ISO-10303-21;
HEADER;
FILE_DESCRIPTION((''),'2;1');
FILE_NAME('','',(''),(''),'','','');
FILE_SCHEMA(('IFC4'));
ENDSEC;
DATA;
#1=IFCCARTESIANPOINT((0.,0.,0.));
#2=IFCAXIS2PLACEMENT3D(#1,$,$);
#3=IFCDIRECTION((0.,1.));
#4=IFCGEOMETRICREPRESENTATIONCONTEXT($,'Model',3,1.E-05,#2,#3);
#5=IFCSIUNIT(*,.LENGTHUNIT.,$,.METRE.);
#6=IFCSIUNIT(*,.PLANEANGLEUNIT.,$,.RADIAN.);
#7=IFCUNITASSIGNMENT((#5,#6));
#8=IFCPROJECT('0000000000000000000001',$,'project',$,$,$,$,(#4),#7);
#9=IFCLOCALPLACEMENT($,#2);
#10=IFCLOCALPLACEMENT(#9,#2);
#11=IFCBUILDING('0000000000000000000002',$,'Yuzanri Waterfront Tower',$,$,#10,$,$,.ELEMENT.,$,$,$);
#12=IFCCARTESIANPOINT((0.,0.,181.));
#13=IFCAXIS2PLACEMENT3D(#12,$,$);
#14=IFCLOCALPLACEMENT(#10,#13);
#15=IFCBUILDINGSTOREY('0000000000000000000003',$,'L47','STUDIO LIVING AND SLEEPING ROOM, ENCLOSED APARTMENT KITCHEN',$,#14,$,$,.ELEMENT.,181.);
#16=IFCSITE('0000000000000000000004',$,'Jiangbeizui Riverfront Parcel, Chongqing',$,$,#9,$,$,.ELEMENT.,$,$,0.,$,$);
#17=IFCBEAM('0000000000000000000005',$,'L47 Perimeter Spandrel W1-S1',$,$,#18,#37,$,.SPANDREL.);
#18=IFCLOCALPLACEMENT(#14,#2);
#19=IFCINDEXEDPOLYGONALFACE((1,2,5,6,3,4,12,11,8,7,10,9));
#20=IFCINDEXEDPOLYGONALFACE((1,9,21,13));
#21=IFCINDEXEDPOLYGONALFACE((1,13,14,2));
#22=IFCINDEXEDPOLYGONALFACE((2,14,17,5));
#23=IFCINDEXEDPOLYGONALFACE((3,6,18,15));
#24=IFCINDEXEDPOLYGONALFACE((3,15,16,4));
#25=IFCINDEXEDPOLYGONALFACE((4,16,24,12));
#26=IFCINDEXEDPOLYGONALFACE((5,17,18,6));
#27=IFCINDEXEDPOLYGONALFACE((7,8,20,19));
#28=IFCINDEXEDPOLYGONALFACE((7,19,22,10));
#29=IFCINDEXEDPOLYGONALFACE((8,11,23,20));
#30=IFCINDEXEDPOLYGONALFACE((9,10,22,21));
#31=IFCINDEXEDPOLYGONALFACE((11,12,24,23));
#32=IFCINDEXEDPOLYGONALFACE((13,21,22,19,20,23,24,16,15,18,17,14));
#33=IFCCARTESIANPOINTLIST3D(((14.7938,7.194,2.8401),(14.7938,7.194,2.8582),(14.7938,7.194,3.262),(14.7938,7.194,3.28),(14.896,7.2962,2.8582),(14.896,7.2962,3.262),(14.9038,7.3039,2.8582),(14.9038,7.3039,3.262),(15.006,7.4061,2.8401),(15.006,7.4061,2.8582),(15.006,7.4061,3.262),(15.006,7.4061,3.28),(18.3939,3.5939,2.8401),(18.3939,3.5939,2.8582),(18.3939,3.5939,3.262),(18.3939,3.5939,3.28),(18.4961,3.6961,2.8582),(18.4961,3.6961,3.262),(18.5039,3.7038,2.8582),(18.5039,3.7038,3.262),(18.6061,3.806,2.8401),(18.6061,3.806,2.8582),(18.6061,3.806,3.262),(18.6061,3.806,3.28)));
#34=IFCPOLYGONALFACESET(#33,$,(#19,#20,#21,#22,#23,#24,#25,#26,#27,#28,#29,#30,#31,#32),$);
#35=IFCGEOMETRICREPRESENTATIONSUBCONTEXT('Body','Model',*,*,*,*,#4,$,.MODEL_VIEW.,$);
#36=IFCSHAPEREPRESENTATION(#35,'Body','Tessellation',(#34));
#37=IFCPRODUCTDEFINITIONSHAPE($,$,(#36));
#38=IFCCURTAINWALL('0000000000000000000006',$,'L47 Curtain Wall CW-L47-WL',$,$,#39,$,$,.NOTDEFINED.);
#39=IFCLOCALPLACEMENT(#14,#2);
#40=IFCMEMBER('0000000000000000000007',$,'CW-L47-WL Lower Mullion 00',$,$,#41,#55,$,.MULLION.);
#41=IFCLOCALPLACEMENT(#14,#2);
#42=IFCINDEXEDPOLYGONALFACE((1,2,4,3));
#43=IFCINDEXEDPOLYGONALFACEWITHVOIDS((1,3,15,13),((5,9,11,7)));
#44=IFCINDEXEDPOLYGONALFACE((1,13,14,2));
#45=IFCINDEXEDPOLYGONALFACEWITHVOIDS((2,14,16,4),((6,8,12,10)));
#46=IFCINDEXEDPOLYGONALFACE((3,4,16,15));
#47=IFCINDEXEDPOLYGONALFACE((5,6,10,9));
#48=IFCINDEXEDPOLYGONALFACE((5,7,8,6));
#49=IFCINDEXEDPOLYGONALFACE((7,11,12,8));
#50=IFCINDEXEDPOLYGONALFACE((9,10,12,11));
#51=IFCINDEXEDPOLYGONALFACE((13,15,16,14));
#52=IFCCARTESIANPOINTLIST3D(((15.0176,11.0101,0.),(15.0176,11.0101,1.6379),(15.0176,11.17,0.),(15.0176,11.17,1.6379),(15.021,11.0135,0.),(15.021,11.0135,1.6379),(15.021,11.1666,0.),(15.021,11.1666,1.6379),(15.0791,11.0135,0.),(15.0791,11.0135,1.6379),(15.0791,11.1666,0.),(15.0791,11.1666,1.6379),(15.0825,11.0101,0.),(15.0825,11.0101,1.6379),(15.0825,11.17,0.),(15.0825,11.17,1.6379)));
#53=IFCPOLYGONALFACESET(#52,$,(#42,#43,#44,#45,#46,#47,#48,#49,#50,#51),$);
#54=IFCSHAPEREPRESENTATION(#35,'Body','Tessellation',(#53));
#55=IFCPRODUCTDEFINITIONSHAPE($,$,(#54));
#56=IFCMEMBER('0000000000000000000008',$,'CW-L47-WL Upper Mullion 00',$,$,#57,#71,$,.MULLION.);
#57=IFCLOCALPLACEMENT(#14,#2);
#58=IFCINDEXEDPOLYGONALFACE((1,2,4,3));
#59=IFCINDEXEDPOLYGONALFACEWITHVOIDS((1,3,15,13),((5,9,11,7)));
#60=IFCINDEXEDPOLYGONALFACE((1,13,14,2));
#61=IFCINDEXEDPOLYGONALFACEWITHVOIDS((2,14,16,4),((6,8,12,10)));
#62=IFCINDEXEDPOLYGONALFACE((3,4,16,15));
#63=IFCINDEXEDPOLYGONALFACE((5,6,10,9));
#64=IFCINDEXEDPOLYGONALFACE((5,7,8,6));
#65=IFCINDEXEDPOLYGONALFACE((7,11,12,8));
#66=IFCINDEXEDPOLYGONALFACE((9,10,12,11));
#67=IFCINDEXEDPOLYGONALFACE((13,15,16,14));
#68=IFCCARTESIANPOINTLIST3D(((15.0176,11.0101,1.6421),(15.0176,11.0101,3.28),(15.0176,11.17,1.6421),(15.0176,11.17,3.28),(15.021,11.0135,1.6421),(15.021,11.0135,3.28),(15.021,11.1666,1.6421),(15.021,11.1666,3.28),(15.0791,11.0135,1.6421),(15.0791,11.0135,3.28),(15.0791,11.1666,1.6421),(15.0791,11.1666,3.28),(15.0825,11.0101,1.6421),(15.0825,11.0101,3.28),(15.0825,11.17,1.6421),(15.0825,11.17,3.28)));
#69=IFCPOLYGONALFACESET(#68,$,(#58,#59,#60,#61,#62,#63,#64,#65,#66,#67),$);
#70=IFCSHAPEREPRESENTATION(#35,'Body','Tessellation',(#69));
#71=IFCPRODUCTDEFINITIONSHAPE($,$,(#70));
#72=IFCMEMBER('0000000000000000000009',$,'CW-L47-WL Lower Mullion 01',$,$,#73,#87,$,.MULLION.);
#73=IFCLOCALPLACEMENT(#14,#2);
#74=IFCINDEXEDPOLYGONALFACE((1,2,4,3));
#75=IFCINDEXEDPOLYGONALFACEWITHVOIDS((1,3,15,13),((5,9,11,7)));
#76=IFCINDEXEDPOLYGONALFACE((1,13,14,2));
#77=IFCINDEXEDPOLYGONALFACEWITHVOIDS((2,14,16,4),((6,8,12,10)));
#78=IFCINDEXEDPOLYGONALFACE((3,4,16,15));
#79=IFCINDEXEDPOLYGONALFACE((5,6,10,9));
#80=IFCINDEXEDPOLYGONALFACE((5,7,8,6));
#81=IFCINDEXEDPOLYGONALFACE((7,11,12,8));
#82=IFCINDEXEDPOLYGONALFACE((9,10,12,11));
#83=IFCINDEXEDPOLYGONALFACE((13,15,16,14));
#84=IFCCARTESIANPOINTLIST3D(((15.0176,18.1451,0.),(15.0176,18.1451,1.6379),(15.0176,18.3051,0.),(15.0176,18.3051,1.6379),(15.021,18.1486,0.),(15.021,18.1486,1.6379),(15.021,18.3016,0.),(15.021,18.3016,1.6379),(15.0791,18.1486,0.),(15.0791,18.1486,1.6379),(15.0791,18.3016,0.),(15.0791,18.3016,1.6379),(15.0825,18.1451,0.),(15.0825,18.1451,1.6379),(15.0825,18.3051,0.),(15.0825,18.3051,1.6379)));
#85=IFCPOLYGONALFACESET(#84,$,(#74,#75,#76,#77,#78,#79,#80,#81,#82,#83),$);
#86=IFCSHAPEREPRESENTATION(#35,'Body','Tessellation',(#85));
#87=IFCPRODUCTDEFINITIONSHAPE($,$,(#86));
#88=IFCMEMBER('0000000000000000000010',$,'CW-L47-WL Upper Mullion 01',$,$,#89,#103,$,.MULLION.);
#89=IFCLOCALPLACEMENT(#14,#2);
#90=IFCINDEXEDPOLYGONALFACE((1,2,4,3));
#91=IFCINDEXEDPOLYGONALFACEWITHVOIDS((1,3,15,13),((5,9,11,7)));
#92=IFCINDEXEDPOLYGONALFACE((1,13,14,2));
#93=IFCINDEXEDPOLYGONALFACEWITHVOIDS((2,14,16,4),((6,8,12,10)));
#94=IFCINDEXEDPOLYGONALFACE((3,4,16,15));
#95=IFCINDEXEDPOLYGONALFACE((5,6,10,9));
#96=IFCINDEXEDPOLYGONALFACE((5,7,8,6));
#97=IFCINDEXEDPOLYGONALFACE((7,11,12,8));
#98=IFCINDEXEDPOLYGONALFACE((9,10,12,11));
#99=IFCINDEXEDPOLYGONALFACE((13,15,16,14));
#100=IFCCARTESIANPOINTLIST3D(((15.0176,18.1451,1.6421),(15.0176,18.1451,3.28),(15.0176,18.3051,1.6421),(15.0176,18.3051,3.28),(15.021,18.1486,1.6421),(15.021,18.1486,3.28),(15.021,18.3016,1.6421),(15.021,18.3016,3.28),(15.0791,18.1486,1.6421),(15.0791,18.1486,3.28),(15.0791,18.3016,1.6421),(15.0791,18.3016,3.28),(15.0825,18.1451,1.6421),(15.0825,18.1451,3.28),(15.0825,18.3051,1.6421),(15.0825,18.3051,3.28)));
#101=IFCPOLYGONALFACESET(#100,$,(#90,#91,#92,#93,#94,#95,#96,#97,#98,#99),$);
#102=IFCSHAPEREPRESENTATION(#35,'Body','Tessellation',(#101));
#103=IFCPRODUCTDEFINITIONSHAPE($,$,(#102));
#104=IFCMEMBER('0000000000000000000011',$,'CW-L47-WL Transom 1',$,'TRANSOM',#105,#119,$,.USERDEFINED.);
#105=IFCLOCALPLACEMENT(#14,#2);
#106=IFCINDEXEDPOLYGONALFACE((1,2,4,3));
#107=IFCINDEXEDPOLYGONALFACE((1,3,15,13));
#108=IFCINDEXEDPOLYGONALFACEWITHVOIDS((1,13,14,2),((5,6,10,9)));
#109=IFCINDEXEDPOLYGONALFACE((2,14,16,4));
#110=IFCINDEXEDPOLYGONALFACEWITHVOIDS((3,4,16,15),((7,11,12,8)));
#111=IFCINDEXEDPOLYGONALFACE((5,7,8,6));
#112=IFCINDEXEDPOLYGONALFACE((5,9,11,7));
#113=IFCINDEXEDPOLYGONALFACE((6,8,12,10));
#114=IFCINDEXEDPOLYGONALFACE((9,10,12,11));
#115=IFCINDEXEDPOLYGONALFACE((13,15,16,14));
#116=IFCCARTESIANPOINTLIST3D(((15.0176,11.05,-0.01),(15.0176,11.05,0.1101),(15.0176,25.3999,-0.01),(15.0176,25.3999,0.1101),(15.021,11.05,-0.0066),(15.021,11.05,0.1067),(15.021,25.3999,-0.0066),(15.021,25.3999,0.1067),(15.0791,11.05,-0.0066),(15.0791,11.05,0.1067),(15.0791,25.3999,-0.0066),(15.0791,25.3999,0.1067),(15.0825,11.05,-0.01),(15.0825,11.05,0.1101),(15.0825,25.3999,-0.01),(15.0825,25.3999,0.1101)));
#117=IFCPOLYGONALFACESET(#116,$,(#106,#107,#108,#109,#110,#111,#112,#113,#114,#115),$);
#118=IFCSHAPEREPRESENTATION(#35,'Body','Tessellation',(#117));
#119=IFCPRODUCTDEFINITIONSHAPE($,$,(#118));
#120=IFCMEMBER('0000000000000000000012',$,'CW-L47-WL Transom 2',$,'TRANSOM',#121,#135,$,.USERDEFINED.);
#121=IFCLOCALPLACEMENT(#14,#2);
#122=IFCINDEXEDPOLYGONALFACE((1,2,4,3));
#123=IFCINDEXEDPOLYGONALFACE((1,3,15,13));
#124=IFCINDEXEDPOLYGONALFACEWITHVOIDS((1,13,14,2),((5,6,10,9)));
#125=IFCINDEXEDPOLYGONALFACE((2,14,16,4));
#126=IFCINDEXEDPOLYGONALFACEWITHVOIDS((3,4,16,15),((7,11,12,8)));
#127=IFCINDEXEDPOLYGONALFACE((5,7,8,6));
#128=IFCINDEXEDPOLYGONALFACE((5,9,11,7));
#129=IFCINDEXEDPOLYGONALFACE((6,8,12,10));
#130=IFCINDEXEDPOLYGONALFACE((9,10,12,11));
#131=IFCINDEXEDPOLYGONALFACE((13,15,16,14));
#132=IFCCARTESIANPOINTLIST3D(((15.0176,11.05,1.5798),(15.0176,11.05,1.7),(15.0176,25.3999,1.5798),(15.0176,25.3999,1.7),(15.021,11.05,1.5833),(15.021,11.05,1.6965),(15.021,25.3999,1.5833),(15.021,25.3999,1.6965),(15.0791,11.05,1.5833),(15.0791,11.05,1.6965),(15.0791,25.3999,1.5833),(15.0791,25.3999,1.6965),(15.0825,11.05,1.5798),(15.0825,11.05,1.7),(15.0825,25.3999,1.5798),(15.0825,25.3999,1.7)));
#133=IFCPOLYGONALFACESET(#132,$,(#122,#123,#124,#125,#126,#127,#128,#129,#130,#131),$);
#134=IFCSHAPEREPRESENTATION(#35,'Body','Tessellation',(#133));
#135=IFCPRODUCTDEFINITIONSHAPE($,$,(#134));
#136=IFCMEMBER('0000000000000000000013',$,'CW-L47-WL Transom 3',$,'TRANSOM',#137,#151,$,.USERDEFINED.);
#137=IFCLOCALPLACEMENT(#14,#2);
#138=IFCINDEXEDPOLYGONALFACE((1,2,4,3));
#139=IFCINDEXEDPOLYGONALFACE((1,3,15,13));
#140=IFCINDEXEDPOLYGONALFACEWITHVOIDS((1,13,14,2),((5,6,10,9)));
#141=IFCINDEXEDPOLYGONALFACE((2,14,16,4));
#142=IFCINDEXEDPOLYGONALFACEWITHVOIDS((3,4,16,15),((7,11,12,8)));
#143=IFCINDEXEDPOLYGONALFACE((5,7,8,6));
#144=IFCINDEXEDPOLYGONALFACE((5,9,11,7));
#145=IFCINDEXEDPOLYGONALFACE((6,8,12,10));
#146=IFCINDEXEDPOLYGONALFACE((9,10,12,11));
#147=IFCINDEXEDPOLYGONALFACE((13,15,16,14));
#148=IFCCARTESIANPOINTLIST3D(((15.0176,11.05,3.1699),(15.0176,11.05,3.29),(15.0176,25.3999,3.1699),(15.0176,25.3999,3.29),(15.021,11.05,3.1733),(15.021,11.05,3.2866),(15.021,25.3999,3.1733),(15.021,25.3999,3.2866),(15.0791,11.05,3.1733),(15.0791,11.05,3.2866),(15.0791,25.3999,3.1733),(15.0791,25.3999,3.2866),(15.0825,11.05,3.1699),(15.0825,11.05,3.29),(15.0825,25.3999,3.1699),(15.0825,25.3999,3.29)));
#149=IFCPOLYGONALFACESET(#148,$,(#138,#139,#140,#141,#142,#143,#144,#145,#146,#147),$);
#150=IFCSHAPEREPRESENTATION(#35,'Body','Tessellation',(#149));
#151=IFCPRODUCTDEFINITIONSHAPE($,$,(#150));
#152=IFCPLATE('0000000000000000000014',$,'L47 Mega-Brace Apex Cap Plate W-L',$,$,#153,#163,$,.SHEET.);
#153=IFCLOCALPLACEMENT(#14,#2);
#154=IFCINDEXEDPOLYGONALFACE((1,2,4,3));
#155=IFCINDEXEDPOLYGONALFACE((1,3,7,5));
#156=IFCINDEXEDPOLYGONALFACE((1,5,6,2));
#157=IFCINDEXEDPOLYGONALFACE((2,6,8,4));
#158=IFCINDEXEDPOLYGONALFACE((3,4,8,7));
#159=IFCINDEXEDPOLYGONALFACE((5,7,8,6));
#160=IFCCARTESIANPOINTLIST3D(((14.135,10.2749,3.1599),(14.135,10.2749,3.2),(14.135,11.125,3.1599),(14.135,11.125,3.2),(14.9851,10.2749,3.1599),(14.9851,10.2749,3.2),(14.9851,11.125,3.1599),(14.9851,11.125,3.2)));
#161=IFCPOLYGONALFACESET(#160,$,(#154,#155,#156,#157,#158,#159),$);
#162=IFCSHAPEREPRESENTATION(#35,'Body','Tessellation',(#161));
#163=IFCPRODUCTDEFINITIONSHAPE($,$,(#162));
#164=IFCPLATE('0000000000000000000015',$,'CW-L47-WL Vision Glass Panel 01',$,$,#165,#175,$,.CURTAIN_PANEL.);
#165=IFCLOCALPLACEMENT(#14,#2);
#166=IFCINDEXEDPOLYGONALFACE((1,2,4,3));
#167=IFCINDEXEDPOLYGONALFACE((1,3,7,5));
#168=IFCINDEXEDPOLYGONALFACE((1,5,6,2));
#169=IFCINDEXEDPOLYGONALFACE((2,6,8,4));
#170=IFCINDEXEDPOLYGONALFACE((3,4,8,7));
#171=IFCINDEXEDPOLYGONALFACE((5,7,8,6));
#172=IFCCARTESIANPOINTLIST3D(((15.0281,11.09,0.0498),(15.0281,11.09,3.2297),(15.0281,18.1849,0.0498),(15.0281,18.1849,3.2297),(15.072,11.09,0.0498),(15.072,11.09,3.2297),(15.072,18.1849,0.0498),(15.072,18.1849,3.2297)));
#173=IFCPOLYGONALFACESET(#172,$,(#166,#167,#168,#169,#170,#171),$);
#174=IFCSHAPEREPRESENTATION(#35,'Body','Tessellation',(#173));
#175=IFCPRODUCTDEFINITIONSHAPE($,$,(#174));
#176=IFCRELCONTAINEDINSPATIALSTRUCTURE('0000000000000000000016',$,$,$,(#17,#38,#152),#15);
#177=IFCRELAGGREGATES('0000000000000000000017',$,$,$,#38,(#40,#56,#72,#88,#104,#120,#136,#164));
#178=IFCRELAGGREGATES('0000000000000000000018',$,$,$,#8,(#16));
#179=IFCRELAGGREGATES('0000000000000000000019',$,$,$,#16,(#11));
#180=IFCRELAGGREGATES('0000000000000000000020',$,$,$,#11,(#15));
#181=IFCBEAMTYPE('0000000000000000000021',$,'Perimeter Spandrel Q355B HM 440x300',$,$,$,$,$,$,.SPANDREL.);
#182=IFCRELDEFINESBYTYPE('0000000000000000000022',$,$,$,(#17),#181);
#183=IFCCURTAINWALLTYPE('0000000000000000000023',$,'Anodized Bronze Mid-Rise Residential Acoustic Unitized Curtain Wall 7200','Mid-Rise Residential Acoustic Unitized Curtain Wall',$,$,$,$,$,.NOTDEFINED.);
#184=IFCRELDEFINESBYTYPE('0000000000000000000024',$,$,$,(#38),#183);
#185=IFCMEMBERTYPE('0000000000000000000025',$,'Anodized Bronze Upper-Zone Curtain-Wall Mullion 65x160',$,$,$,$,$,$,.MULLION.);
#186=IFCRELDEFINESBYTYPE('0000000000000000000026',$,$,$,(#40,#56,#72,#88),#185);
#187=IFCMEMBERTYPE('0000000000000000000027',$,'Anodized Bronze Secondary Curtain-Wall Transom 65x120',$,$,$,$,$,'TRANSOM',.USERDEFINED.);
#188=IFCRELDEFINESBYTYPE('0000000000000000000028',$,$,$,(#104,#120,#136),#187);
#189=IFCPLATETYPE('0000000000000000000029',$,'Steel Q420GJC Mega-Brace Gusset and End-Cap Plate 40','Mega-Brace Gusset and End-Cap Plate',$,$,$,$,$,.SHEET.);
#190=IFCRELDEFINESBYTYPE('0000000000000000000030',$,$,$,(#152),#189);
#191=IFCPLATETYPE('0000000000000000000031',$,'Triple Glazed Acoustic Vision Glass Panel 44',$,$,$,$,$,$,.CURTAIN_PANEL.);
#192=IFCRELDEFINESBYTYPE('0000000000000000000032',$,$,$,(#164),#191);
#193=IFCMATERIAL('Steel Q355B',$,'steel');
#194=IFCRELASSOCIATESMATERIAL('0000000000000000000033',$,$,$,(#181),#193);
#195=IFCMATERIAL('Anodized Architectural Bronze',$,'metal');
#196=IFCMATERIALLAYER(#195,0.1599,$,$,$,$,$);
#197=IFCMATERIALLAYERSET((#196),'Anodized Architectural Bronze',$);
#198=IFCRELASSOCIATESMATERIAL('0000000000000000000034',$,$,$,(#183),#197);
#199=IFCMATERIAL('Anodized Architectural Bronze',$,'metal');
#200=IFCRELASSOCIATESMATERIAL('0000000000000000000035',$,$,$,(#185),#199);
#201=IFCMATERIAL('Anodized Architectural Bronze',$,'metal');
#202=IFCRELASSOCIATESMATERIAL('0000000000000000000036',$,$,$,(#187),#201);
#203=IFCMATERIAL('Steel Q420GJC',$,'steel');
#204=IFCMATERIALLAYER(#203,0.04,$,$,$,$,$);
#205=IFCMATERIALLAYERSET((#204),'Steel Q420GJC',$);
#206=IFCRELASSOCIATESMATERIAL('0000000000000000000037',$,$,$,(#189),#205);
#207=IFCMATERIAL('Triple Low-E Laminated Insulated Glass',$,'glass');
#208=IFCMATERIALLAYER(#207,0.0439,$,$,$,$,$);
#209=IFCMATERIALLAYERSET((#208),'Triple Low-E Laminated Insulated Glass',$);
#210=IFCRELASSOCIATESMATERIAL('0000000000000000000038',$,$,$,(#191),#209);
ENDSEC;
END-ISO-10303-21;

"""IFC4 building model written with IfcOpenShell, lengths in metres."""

from ifc_helpers import new_model, si_unit, direction, frame, origin, origin_2d, place, context, subcontext, project, spatial, rectangle, hollow_rectangle, i_section, extrude, source, transform, mapped, material, layer, layer_set, material_profile, profile_set, type_object, element, aggregate, save


model = new_model("IFC4")

# Units and contexts
model_context = context("Model", 3, precision=1e-05, world=origin(), true_north=direction((0.0, 1.0)))
body_context = subcontext(model_context, "Body", "Model", "MODEL_VIEW")
ifc_project = project(units=[si_unit("LENGTHUNIT", "METRE"), si_unit("PLANEANGLEUNIT", "RADIAN")], contexts=[model_context])

# Site, building, storey
site_placement = place(None, origin())
site = spatial("IfcSite", under=ifc_project, at=site_placement, Name="Jiangbeizui Riverfront Parcel, Chongqing", CompositionType="ELEMENT", RefElevation=0.0)
building_placement = place(site_placement, origin())
building = spatial("IfcBuilding", under=site, at=building_placement, Name="Yuzanri Waterfront Tower", CompositionType="ELEMENT")
storey_placement = place(building_placement, frame((0.0, 0.0, 181.0)))
storey = spatial("IfcBuildingStorey", under=building, at=storey_placement, Name="L47", Description="STUDIO LIVING AND SLEEPING ROOM, ENCLOSED APARTMENT KITCHEN", CompositionType="ELEMENT", Elevation=181.0)

# Beam
ifc_material_1 = material(Name="Steel Q355B", Category="steel")
ifc_material_profile_1 = material_profile(ifc_material_1, i_section(OverallWidth=0.3, OverallDepth=0.4399, WebThickness=0.011, FlangeThickness=0.0181, at=origin_2d()), Name="HM 440x300x11x18")
ifc_profile_set_1 = profile_set([ifc_material_profile_1], Name="Steel Q355B")
beam_type = type_object("IfcBeamType", Name="Perimeter Spandrel Q355B HM 440x300", PredefinedType="SPANDREL", material=ifc_profile_set_1)
shared_shape_1 = source(origin(), body_context, "Body", "SweptSolid", [
    extrude(i_section(OverallWidth=0.3, OverallDepth=0.4399, WebThickness=0.011, FlangeThickness=0.0181, at=origin_2d()), origin(), (0.0, 0.0, 1.0), 5.0913),
])
beam_placement = place(storey_placement, frame((14.8999, 7.3, 3.0601), z_axis=(0.707107, -0.707107, 0.0), x_axis=(0.707107, 0.707107, 0.0)))
element("IfcBeam", 1, at=beam_placement, inside=storey, type_object=beam_type, Name="L47 Perimeter Spandrel W1-S1", PredefinedType="SPANDREL", context=body_context, shape_type="MappedRepresentation", body=[
    mapped(shared_shape_1, transform((0.0, 0.0, 0.0), scale=1.0)),
])

# Curtain wall, members
ifc_material_2 = material(Name="Anodized Architectural Bronze", Category="metal")
ifc_layer_1 = layer(ifc_material_2, 0.1599)
ifc_layer_set_1 = layer_set([ifc_layer_1], Name="Anodized Architectural Bronze")
curtain_wall_type = type_object("IfcCurtainWallType", Name="Anodized Bronze Mid-Rise Residential Acoustic Unitized Curtain Wall 7200", Description="Mid-Rise Residential Acoustic Unitized Curtain Wall", PredefinedType="NOTDEFINED", material=ifc_layer_set_1)
curtain_wall_placement = place(storey_placement, origin())
curtain_wall = element("IfcCurtainWall", 2, at=curtain_wall_placement, inside=storey, type_object=curtain_wall_type, Name="L47 Curtain Wall CW-L47-WL", PredefinedType="NOTDEFINED")
ifc_material_3 = material(Name="Anodized Architectural Bronze", Category="metal")
ifc_material_profile_2 = material_profile(ifc_material_3, hollow_rectangle(XDim=0.0649, YDim=0.1599, WallThickness=0.0034, at=origin_2d()), Name="CWM 65x160")
ifc_profile_set_2 = profile_set([ifc_material_profile_2], Name="Anodized Architectural Bronze")
member_type_1 = type_object("IfcMemberType", Name="Anodized Bronze Upper-Zone Curtain-Wall Mullion 65x160", PredefinedType="MULLION", material=ifc_profile_set_2)
shared_shape_2 = source(origin(), body_context, "Body", "SweptSolid", [
    extrude(hollow_rectangle(XDim=0.0649, YDim=0.1599, WallThickness=0.0034, at=origin_2d()), origin(), (0.0, 0.0, 1.0), 1.6379),
])
member_1_placement = place(storey_placement, frame((15.05, 11.0901, 0.0), z_axis=(0.0, 0.0, 1.0), x_axis=(1.0, 0.0, 0.0)))
member_1 = element("IfcMember", 3, at=member_1_placement, type_object=member_type_1, Name="CW-L47-WL Lower Mullion 00", PredefinedType="MULLION", context=body_context, shape_type="MappedRepresentation", body=[
    mapped(shared_shape_2, transform((0.0, 0.0, 0.0), scale=1.0)),
])
member_2_placement = place(storey_placement, frame((15.05, 11.0901, 1.6421), z_axis=(0.0, 0.0, 1.0), x_axis=(1.0, 0.0, 0.0)))
member_2 = element("IfcMember", 4, at=member_2_placement, type_object=member_type_1, Name="CW-L47-WL Upper Mullion 00", PredefinedType="MULLION", context=body_context, shape_type="MappedRepresentation", body=[
    mapped(shared_shape_2, transform((0.0, 0.0, 0.0), scale=1.0)),
])
member_3_placement = place(storey_placement, frame((15.05, 18.2251, 0.0), z_axis=(0.0, 0.0, 1.0), x_axis=(1.0, 0.0, 0.0)))
member_3 = element("IfcMember", 5, at=member_3_placement, type_object=member_type_1, Name="CW-L47-WL Lower Mullion 01", PredefinedType="MULLION", context=body_context, shape_type="MappedRepresentation", body=[
    mapped(shared_shape_2, transform((0.0, 0.0, 0.0), scale=1.0)),
])
member_4_placement = place(storey_placement, frame((15.05, 18.2251, 1.6421), z_axis=(0.0, 0.0, 1.0), x_axis=(1.0, 0.0, 0.0)))
member_4 = element("IfcMember", 6, at=member_4_placement, type_object=member_type_1, Name="CW-L47-WL Upper Mullion 01", PredefinedType="MULLION", context=body_context, shape_type="MappedRepresentation", body=[
    mapped(shared_shape_2, transform((0.0, 0.0, 0.0), scale=1.0)),
])
ifc_material_4 = material(Name="Anodized Architectural Bronze", Category="metal")
ifc_material_profile_3 = material_profile(ifc_material_4, hollow_rectangle(XDim=0.0649, YDim=0.1201, WallThickness=0.0034, at=origin_2d()), Name="CWT 65x120")
ifc_profile_set_3 = profile_set([ifc_material_profile_3], Name="Anodized Architectural Bronze")
member_type_2 = type_object("IfcMemberType", Name="Anodized Bronze Secondary Curtain-Wall Transom 65x120", ElementType="TRANSOM", PredefinedType="USERDEFINED", material=ifc_profile_set_3)
shared_shape_3 = source(origin(), body_context, "Body", "SweptSolid", [
    extrude(hollow_rectangle(XDim=0.0649, YDim=0.1201, WallThickness=0.0034, at=origin_2d()), origin(), (0.0, 0.0, 1.0), 14.3499),
])
member_5_placement = place(storey_placement, frame((15.05, 11.05, 0.05), z_axis=(0.0, 1.0, 0.0), x_axis=(-1.0, 0.0, 0.0)))
member_5 = element("IfcMember", 7, at=member_5_placement, type_object=member_type_2, Name="CW-L47-WL Transom 1", ObjectType="TRANSOM", PredefinedType="USERDEFINED", context=body_context, shape_type="MappedRepresentation", body=[
    mapped(shared_shape_3, transform((0.0, 0.0, 0.0), scale=1.0)),
])
member_6_placement = place(storey_placement, frame((15.05, 11.05, 1.6399), z_axis=(0.0, 1.0, 0.0), x_axis=(-1.0, 0.0, 0.0)))
member_6 = element("IfcMember", 8, at=member_6_placement, type_object=member_type_2, Name="CW-L47-WL Transom 2", ObjectType="TRANSOM", PredefinedType="USERDEFINED", context=body_context, shape_type="MappedRepresentation", body=[
    mapped(shared_shape_3, transform((0.0, 0.0, 0.0), scale=1.0)),
])
member_7_placement = place(storey_placement, frame((15.05, 11.05, 3.23), z_axis=(0.0, 1.0, 0.0), x_axis=(-1.0, 0.0, 0.0)))
member_7 = element("IfcMember", 9, at=member_7_placement, type_object=member_type_2, Name="CW-L47-WL Transom 3", ObjectType="TRANSOM", PredefinedType="USERDEFINED", context=body_context, shape_type="MappedRepresentation", body=[
    mapped(shared_shape_3, transform((0.0, 0.0, 0.0), scale=1.0)),
])

# Plates
ifc_material_5 = material(Name="Steel Q420GJC", Category="steel")
ifc_layer_2 = layer(ifc_material_5, 0.04)
ifc_layer_set_2 = layer_set([ifc_layer_2], Name="Steel Q420GJC")
plate_type_1 = type_object("IfcPlateType", Name="Steel Q420GJC Mega-Brace Gusset and End-Cap Plate 40", Description="Mega-Brace Gusset and End-Cap Plate", PredefinedType="SHEET", material=ifc_layer_set_2)
shared_shape_4 = source(origin(), body_context, "Body", "SweptSolid", [
    extrude(rectangle(XDim=0.8501, YDim=0.8501, at=origin_2d()), origin(), (0.0, 0.0, 1.0), 0.04),
])
plate_1_placement = place(storey_placement, frame((14.5601, 10.7, 3.1599), z_axis=(0.0, 0.0, 1.0), x_axis=(1.0, 0.0, 0.0)))
element("IfcPlate", 10, at=plate_1_placement, inside=storey, type_object=plate_type_1, Name="L47 Mega-Brace Apex Cap Plate W-L", PredefinedType="SHEET", context=body_context, shape_type="MappedRepresentation", body=[
    mapped(shared_shape_4, transform((0.0, 0.0, 0.0), scale=1.0)),
])
ifc_material_6 = material(Name="Triple Low-E Laminated Insulated Glass", Category="glass")
ifc_layer_3 = layer(ifc_material_6, 0.0439)
ifc_layer_set_3 = layer_set([ifc_layer_3], Name="Triple Low-E Laminated Insulated Glass")
plate_type_2 = type_object("IfcPlateType", Name="Triple Glazed Acoustic Vision Glass Panel 44", PredefinedType="CURTAIN_PANEL", material=ifc_layer_set_3)
shared_shape_5 = source(origin(), body_context, "Body", "SweptSolid", [
    extrude(rectangle(XDim=7.095, YDim=0.0439, at=origin_2d()), origin(), (0.0, 0.0, 1.0), 3.1799),
])
plate_2_placement = place(storey_placement, frame((15.05, 14.6375, 0.0498), z_axis=(0.0, 0.0, 1.0), x_axis=(0.0, 1.0, 0.0)))
plate_2 = element("IfcPlate", 11, at=plate_2_placement, type_object=plate_type_2, Name="CW-L47-WL Vision Glass Panel 01", PredefinedType="CURTAIN_PANEL", context=body_context, shape_type="MappedRepresentation", body=[
    mapped(shared_shape_5, transform((0.0, 0.0, 0.0), scale=1.0)),
])
aggregate(curtain_wall, [member_1, member_2, member_3, member_4, member_5, member_6, member_7, plate_2])

save(model, "model.ifc")
